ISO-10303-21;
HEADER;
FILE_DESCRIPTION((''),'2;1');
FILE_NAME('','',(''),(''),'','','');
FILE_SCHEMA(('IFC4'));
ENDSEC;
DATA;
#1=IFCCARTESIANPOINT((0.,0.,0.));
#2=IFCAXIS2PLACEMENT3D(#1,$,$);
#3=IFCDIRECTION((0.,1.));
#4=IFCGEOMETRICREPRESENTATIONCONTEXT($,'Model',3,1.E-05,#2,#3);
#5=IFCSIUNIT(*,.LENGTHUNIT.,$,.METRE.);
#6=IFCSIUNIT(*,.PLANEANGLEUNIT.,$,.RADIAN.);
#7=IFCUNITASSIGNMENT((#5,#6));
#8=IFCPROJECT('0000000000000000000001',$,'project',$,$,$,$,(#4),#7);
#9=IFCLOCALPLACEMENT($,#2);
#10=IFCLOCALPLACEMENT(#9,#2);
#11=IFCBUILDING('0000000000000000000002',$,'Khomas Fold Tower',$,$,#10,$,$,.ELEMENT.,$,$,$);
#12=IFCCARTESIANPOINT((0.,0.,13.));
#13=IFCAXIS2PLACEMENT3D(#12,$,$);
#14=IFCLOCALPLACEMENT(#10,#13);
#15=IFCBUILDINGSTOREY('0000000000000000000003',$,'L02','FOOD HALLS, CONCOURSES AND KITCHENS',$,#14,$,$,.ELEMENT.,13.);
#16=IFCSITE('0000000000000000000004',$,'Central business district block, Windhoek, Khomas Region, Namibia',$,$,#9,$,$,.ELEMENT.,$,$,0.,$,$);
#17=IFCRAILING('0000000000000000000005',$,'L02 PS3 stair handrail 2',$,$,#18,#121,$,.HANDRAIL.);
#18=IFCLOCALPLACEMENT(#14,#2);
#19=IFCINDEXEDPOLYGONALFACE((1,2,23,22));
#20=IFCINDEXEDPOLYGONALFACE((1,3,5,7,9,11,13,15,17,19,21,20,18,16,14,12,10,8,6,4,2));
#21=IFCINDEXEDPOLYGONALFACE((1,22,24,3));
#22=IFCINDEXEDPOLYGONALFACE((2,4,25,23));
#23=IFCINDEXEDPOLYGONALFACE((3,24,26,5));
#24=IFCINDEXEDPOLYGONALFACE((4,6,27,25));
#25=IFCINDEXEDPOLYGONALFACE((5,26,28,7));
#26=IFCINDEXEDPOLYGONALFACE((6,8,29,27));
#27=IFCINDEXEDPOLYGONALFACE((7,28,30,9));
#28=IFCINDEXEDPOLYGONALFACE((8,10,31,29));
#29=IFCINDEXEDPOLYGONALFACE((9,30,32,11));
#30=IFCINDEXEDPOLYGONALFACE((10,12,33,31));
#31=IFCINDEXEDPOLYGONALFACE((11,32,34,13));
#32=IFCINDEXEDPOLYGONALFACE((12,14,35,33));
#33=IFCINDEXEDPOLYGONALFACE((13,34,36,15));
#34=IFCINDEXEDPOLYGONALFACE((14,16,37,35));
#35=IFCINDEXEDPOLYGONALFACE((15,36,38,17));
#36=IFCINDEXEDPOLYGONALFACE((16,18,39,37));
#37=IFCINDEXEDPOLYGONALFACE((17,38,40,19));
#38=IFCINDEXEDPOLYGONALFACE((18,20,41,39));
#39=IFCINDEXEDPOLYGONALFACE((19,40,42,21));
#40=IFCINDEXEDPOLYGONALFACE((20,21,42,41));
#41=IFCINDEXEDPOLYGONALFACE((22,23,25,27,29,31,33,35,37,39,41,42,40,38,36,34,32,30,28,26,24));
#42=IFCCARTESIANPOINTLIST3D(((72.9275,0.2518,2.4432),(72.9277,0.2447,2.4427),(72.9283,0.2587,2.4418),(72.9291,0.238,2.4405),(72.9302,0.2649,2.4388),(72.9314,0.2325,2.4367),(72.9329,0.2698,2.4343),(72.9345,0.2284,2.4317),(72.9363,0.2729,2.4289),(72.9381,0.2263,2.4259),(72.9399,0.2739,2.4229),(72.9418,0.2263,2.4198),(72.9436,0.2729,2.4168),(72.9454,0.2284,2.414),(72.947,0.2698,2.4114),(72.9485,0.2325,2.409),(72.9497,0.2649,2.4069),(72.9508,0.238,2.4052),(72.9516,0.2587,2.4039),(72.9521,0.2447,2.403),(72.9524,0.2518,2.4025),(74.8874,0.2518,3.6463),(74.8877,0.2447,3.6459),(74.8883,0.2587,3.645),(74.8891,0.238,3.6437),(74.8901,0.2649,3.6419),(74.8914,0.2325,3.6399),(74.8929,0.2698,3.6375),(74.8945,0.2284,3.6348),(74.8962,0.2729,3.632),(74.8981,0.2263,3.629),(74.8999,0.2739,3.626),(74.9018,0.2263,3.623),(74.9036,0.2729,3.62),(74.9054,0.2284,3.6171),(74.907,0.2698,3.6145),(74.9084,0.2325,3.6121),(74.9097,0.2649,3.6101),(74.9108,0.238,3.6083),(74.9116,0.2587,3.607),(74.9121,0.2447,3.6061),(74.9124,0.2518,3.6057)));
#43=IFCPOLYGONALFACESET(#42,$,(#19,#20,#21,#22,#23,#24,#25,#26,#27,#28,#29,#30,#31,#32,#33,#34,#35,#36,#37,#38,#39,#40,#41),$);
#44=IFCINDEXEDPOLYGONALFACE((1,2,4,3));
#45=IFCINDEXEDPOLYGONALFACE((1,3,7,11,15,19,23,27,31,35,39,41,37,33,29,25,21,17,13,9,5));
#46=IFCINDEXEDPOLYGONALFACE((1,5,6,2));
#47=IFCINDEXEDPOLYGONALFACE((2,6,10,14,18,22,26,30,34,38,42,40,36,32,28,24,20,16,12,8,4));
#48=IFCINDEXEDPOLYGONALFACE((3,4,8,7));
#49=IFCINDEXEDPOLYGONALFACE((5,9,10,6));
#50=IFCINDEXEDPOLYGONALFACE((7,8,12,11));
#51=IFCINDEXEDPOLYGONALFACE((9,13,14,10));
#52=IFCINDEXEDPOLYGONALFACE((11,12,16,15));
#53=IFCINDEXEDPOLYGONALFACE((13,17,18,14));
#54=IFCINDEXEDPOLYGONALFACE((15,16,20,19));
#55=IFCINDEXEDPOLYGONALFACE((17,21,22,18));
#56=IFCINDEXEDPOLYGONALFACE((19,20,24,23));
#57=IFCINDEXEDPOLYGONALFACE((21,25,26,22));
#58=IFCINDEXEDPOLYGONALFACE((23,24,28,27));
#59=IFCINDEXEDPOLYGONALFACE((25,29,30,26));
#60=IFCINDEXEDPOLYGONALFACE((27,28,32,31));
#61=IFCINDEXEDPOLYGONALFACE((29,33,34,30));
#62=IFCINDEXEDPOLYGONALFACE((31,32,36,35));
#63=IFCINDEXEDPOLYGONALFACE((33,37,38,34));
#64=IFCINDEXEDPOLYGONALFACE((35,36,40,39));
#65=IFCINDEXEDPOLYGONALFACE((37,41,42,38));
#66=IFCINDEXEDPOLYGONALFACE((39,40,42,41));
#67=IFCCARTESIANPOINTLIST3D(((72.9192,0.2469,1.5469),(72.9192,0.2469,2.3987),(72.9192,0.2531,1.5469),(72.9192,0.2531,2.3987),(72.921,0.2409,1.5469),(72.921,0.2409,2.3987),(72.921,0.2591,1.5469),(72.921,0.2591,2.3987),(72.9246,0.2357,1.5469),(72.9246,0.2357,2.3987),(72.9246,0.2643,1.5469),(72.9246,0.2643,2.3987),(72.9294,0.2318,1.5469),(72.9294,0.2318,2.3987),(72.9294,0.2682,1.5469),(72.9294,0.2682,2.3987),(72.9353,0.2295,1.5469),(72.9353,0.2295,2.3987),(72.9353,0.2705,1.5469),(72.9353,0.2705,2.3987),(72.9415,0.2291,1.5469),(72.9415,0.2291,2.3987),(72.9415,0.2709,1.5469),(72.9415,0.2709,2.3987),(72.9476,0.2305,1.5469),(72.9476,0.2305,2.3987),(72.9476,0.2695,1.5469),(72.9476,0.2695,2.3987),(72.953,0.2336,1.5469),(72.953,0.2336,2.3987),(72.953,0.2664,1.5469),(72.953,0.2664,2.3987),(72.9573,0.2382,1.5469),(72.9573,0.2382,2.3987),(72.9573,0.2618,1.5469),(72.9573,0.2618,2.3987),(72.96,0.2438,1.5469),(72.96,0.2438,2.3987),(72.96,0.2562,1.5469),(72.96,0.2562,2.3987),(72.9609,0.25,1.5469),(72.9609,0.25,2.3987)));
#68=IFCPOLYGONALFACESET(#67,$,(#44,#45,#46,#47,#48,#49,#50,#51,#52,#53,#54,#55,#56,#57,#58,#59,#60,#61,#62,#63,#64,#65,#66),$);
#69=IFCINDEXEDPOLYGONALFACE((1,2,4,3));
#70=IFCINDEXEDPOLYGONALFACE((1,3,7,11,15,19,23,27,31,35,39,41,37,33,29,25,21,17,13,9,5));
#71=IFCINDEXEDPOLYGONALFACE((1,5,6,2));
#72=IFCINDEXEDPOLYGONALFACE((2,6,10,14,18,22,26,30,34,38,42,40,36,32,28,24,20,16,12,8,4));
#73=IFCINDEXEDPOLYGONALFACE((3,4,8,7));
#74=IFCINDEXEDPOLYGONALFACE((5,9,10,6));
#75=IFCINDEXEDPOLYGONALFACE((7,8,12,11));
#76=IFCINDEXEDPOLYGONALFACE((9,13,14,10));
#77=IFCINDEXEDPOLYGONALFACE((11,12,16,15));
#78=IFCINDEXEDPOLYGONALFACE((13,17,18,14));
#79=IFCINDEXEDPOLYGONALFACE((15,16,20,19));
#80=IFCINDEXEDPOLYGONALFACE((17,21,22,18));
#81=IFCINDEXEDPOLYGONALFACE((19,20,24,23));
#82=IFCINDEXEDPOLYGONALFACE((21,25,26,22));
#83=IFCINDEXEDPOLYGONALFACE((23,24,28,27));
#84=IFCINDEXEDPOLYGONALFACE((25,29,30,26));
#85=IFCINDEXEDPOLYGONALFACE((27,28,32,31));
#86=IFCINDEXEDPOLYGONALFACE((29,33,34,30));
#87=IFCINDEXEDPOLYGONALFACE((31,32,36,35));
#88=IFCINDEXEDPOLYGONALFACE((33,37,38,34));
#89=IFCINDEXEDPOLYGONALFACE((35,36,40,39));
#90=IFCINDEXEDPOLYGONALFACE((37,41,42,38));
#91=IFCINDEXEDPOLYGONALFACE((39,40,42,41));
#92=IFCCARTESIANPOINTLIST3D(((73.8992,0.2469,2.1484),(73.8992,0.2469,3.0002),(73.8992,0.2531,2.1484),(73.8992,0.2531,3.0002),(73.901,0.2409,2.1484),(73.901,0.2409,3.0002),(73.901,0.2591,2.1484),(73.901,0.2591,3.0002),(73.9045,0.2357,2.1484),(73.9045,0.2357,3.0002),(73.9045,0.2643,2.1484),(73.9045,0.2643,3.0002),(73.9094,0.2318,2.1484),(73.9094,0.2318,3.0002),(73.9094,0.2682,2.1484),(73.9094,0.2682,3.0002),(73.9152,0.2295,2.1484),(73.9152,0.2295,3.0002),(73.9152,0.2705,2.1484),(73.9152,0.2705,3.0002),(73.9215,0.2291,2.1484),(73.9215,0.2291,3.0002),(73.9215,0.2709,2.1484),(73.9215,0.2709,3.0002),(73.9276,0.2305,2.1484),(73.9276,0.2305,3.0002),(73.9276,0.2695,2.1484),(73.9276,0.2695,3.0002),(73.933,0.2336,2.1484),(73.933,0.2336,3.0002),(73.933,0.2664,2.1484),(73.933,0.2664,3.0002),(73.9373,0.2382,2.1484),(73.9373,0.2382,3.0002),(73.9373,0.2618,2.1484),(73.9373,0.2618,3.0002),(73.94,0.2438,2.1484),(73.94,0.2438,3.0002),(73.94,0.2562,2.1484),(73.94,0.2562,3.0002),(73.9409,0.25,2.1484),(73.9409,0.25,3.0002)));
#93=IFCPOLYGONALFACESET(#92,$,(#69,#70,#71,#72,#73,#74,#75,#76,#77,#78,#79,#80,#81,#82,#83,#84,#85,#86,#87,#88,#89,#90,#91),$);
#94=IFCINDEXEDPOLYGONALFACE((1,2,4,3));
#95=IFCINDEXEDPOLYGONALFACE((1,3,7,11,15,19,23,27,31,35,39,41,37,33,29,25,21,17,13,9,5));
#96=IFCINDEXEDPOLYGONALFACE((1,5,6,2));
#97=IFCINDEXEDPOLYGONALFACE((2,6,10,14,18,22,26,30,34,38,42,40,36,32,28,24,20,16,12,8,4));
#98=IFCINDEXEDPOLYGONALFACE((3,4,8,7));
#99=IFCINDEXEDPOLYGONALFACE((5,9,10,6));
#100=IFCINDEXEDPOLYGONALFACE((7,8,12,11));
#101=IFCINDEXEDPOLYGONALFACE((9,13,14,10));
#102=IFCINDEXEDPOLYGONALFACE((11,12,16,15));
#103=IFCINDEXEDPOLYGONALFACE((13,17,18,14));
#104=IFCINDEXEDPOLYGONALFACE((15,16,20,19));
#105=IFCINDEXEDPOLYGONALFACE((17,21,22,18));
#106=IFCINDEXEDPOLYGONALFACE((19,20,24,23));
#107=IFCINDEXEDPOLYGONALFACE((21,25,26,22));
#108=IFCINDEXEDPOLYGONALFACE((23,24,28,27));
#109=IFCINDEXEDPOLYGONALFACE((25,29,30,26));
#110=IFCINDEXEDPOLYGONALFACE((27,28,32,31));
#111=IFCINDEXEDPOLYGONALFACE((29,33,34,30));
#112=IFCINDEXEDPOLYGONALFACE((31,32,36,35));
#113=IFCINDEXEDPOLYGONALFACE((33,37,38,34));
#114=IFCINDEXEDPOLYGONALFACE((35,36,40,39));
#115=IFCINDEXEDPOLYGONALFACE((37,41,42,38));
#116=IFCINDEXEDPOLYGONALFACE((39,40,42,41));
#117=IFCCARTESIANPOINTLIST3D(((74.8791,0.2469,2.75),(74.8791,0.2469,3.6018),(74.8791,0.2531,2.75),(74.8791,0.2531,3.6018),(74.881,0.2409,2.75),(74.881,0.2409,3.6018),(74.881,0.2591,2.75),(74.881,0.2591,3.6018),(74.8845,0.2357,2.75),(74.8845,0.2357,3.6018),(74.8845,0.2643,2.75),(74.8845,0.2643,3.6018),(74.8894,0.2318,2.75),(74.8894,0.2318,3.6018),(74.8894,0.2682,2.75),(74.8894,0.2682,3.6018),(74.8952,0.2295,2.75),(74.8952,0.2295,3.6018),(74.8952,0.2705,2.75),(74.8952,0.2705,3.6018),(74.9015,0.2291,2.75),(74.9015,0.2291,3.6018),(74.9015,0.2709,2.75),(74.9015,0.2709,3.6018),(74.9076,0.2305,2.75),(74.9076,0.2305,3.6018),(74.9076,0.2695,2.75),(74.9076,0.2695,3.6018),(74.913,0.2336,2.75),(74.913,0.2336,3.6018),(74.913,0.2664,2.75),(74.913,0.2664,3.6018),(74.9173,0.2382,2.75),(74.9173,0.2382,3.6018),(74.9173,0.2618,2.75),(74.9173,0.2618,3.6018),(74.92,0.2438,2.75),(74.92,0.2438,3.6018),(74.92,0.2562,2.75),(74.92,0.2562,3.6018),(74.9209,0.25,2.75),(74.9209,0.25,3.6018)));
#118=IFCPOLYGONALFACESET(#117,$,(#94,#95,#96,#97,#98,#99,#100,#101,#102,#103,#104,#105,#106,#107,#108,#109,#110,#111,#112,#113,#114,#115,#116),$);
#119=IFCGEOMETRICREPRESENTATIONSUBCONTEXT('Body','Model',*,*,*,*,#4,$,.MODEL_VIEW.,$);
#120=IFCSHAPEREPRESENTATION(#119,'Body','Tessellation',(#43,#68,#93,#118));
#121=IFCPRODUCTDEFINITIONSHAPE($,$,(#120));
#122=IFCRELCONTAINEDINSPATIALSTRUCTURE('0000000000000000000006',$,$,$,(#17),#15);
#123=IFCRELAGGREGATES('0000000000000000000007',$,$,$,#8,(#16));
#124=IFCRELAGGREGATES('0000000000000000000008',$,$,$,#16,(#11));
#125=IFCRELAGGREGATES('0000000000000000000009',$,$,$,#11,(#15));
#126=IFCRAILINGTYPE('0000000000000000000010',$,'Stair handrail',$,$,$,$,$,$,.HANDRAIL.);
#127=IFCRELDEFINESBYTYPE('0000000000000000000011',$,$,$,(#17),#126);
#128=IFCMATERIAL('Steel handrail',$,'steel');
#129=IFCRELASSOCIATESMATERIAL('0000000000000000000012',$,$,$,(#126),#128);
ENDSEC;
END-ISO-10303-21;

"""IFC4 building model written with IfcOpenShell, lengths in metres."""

from ifc_helpers import new_model, si_unit, direction, frame, origin, origin_2d, place, context, subcontext, project, spatial, circle, extrude, source, transform, mapped, material, type_object, element, save


model = new_model("IFC4")

# Units and contexts
model_context = context("Model", 3, precision=1e-05, world=origin(), true_north=direction((0.0, 1.0)))
body_context = subcontext(model_context, "Body", "Model", "MODEL_VIEW")
ifc_project = project(units=[si_unit("LENGTHUNIT", "METRE"), si_unit("PLANEANGLEUNIT", "RADIAN")], contexts=[model_context])

# Site, building, storey
site_placement = place(None, origin())
site = spatial("IfcSite", under=ifc_project, at=site_placement, Name="Central business district block, Windhoek, Khomas Region, Namibia", CompositionType="ELEMENT", RefElevation=0.0)
building_placement = place(site_placement, origin())
building = spatial("IfcBuilding", under=site, at=building_placement, Name="Khomas Fold Tower", CompositionType="ELEMENT")
storey_placement = place(building_placement, frame((0.0, 0.0, 13.0)))
storey = spatial("IfcBuildingStorey", under=building, at=storey_placement, Name="L02", Description="FOOD HALLS, CONCOURSES AND KITCHENS", CompositionType="ELEMENT", Elevation=13.0)

# Railing
ifc_material_1 = material(Name="Steel handrail", Category="steel")
railing_type_1 = type_object("IfcRailingType", Name="Stair handrail", PredefinedType="HANDRAIL", material=ifc_material_1)
shared_shape_1 = source(origin(), body_context, "Body", "SweptSolid", [
    extrude(circle(Radius=0.0239, at=origin_2d()), frame((0.0, 0.0, 0.876), z_axis=(0.852241, 0.0, 0.523149), x_axis=(0.0, 1.0, 0.0)), (0.0, 0.0, 1.0), 2.2998),
    extrude(circle(Radius=0.021, at=origin_2d()), origin(), (0.0, 0.0, 1.0), 0.8518),
    extrude(circle(Radius=0.021, at=origin_2d()), frame((0.98, 0.0, 0.6016)), (0.0, 0.0, 1.0), 0.8518),
    extrude(circle(Radius=0.021, at=origin_2d()), frame((1.96, 0.0, 1.2031)), (0.0, 0.0, 1.0), 0.8518),
])
for number, where, name in (
    (1, (72.9399, 0.25, 1.5469), "L02 PS3 stair handrail 2"),
):
    element("IfcRailing", number, at=place(storey_placement, frame(where)), inside=storey, type_object=railing_type_1, Name=name, PredefinedType="HANDRAIL", context=body_context, shape_type="MappedRepresentation", body=[
        mapped(shared_shape_1, transform((0.0, 0.0, 0.0))),
    ])

save(model, "model.ifc")
